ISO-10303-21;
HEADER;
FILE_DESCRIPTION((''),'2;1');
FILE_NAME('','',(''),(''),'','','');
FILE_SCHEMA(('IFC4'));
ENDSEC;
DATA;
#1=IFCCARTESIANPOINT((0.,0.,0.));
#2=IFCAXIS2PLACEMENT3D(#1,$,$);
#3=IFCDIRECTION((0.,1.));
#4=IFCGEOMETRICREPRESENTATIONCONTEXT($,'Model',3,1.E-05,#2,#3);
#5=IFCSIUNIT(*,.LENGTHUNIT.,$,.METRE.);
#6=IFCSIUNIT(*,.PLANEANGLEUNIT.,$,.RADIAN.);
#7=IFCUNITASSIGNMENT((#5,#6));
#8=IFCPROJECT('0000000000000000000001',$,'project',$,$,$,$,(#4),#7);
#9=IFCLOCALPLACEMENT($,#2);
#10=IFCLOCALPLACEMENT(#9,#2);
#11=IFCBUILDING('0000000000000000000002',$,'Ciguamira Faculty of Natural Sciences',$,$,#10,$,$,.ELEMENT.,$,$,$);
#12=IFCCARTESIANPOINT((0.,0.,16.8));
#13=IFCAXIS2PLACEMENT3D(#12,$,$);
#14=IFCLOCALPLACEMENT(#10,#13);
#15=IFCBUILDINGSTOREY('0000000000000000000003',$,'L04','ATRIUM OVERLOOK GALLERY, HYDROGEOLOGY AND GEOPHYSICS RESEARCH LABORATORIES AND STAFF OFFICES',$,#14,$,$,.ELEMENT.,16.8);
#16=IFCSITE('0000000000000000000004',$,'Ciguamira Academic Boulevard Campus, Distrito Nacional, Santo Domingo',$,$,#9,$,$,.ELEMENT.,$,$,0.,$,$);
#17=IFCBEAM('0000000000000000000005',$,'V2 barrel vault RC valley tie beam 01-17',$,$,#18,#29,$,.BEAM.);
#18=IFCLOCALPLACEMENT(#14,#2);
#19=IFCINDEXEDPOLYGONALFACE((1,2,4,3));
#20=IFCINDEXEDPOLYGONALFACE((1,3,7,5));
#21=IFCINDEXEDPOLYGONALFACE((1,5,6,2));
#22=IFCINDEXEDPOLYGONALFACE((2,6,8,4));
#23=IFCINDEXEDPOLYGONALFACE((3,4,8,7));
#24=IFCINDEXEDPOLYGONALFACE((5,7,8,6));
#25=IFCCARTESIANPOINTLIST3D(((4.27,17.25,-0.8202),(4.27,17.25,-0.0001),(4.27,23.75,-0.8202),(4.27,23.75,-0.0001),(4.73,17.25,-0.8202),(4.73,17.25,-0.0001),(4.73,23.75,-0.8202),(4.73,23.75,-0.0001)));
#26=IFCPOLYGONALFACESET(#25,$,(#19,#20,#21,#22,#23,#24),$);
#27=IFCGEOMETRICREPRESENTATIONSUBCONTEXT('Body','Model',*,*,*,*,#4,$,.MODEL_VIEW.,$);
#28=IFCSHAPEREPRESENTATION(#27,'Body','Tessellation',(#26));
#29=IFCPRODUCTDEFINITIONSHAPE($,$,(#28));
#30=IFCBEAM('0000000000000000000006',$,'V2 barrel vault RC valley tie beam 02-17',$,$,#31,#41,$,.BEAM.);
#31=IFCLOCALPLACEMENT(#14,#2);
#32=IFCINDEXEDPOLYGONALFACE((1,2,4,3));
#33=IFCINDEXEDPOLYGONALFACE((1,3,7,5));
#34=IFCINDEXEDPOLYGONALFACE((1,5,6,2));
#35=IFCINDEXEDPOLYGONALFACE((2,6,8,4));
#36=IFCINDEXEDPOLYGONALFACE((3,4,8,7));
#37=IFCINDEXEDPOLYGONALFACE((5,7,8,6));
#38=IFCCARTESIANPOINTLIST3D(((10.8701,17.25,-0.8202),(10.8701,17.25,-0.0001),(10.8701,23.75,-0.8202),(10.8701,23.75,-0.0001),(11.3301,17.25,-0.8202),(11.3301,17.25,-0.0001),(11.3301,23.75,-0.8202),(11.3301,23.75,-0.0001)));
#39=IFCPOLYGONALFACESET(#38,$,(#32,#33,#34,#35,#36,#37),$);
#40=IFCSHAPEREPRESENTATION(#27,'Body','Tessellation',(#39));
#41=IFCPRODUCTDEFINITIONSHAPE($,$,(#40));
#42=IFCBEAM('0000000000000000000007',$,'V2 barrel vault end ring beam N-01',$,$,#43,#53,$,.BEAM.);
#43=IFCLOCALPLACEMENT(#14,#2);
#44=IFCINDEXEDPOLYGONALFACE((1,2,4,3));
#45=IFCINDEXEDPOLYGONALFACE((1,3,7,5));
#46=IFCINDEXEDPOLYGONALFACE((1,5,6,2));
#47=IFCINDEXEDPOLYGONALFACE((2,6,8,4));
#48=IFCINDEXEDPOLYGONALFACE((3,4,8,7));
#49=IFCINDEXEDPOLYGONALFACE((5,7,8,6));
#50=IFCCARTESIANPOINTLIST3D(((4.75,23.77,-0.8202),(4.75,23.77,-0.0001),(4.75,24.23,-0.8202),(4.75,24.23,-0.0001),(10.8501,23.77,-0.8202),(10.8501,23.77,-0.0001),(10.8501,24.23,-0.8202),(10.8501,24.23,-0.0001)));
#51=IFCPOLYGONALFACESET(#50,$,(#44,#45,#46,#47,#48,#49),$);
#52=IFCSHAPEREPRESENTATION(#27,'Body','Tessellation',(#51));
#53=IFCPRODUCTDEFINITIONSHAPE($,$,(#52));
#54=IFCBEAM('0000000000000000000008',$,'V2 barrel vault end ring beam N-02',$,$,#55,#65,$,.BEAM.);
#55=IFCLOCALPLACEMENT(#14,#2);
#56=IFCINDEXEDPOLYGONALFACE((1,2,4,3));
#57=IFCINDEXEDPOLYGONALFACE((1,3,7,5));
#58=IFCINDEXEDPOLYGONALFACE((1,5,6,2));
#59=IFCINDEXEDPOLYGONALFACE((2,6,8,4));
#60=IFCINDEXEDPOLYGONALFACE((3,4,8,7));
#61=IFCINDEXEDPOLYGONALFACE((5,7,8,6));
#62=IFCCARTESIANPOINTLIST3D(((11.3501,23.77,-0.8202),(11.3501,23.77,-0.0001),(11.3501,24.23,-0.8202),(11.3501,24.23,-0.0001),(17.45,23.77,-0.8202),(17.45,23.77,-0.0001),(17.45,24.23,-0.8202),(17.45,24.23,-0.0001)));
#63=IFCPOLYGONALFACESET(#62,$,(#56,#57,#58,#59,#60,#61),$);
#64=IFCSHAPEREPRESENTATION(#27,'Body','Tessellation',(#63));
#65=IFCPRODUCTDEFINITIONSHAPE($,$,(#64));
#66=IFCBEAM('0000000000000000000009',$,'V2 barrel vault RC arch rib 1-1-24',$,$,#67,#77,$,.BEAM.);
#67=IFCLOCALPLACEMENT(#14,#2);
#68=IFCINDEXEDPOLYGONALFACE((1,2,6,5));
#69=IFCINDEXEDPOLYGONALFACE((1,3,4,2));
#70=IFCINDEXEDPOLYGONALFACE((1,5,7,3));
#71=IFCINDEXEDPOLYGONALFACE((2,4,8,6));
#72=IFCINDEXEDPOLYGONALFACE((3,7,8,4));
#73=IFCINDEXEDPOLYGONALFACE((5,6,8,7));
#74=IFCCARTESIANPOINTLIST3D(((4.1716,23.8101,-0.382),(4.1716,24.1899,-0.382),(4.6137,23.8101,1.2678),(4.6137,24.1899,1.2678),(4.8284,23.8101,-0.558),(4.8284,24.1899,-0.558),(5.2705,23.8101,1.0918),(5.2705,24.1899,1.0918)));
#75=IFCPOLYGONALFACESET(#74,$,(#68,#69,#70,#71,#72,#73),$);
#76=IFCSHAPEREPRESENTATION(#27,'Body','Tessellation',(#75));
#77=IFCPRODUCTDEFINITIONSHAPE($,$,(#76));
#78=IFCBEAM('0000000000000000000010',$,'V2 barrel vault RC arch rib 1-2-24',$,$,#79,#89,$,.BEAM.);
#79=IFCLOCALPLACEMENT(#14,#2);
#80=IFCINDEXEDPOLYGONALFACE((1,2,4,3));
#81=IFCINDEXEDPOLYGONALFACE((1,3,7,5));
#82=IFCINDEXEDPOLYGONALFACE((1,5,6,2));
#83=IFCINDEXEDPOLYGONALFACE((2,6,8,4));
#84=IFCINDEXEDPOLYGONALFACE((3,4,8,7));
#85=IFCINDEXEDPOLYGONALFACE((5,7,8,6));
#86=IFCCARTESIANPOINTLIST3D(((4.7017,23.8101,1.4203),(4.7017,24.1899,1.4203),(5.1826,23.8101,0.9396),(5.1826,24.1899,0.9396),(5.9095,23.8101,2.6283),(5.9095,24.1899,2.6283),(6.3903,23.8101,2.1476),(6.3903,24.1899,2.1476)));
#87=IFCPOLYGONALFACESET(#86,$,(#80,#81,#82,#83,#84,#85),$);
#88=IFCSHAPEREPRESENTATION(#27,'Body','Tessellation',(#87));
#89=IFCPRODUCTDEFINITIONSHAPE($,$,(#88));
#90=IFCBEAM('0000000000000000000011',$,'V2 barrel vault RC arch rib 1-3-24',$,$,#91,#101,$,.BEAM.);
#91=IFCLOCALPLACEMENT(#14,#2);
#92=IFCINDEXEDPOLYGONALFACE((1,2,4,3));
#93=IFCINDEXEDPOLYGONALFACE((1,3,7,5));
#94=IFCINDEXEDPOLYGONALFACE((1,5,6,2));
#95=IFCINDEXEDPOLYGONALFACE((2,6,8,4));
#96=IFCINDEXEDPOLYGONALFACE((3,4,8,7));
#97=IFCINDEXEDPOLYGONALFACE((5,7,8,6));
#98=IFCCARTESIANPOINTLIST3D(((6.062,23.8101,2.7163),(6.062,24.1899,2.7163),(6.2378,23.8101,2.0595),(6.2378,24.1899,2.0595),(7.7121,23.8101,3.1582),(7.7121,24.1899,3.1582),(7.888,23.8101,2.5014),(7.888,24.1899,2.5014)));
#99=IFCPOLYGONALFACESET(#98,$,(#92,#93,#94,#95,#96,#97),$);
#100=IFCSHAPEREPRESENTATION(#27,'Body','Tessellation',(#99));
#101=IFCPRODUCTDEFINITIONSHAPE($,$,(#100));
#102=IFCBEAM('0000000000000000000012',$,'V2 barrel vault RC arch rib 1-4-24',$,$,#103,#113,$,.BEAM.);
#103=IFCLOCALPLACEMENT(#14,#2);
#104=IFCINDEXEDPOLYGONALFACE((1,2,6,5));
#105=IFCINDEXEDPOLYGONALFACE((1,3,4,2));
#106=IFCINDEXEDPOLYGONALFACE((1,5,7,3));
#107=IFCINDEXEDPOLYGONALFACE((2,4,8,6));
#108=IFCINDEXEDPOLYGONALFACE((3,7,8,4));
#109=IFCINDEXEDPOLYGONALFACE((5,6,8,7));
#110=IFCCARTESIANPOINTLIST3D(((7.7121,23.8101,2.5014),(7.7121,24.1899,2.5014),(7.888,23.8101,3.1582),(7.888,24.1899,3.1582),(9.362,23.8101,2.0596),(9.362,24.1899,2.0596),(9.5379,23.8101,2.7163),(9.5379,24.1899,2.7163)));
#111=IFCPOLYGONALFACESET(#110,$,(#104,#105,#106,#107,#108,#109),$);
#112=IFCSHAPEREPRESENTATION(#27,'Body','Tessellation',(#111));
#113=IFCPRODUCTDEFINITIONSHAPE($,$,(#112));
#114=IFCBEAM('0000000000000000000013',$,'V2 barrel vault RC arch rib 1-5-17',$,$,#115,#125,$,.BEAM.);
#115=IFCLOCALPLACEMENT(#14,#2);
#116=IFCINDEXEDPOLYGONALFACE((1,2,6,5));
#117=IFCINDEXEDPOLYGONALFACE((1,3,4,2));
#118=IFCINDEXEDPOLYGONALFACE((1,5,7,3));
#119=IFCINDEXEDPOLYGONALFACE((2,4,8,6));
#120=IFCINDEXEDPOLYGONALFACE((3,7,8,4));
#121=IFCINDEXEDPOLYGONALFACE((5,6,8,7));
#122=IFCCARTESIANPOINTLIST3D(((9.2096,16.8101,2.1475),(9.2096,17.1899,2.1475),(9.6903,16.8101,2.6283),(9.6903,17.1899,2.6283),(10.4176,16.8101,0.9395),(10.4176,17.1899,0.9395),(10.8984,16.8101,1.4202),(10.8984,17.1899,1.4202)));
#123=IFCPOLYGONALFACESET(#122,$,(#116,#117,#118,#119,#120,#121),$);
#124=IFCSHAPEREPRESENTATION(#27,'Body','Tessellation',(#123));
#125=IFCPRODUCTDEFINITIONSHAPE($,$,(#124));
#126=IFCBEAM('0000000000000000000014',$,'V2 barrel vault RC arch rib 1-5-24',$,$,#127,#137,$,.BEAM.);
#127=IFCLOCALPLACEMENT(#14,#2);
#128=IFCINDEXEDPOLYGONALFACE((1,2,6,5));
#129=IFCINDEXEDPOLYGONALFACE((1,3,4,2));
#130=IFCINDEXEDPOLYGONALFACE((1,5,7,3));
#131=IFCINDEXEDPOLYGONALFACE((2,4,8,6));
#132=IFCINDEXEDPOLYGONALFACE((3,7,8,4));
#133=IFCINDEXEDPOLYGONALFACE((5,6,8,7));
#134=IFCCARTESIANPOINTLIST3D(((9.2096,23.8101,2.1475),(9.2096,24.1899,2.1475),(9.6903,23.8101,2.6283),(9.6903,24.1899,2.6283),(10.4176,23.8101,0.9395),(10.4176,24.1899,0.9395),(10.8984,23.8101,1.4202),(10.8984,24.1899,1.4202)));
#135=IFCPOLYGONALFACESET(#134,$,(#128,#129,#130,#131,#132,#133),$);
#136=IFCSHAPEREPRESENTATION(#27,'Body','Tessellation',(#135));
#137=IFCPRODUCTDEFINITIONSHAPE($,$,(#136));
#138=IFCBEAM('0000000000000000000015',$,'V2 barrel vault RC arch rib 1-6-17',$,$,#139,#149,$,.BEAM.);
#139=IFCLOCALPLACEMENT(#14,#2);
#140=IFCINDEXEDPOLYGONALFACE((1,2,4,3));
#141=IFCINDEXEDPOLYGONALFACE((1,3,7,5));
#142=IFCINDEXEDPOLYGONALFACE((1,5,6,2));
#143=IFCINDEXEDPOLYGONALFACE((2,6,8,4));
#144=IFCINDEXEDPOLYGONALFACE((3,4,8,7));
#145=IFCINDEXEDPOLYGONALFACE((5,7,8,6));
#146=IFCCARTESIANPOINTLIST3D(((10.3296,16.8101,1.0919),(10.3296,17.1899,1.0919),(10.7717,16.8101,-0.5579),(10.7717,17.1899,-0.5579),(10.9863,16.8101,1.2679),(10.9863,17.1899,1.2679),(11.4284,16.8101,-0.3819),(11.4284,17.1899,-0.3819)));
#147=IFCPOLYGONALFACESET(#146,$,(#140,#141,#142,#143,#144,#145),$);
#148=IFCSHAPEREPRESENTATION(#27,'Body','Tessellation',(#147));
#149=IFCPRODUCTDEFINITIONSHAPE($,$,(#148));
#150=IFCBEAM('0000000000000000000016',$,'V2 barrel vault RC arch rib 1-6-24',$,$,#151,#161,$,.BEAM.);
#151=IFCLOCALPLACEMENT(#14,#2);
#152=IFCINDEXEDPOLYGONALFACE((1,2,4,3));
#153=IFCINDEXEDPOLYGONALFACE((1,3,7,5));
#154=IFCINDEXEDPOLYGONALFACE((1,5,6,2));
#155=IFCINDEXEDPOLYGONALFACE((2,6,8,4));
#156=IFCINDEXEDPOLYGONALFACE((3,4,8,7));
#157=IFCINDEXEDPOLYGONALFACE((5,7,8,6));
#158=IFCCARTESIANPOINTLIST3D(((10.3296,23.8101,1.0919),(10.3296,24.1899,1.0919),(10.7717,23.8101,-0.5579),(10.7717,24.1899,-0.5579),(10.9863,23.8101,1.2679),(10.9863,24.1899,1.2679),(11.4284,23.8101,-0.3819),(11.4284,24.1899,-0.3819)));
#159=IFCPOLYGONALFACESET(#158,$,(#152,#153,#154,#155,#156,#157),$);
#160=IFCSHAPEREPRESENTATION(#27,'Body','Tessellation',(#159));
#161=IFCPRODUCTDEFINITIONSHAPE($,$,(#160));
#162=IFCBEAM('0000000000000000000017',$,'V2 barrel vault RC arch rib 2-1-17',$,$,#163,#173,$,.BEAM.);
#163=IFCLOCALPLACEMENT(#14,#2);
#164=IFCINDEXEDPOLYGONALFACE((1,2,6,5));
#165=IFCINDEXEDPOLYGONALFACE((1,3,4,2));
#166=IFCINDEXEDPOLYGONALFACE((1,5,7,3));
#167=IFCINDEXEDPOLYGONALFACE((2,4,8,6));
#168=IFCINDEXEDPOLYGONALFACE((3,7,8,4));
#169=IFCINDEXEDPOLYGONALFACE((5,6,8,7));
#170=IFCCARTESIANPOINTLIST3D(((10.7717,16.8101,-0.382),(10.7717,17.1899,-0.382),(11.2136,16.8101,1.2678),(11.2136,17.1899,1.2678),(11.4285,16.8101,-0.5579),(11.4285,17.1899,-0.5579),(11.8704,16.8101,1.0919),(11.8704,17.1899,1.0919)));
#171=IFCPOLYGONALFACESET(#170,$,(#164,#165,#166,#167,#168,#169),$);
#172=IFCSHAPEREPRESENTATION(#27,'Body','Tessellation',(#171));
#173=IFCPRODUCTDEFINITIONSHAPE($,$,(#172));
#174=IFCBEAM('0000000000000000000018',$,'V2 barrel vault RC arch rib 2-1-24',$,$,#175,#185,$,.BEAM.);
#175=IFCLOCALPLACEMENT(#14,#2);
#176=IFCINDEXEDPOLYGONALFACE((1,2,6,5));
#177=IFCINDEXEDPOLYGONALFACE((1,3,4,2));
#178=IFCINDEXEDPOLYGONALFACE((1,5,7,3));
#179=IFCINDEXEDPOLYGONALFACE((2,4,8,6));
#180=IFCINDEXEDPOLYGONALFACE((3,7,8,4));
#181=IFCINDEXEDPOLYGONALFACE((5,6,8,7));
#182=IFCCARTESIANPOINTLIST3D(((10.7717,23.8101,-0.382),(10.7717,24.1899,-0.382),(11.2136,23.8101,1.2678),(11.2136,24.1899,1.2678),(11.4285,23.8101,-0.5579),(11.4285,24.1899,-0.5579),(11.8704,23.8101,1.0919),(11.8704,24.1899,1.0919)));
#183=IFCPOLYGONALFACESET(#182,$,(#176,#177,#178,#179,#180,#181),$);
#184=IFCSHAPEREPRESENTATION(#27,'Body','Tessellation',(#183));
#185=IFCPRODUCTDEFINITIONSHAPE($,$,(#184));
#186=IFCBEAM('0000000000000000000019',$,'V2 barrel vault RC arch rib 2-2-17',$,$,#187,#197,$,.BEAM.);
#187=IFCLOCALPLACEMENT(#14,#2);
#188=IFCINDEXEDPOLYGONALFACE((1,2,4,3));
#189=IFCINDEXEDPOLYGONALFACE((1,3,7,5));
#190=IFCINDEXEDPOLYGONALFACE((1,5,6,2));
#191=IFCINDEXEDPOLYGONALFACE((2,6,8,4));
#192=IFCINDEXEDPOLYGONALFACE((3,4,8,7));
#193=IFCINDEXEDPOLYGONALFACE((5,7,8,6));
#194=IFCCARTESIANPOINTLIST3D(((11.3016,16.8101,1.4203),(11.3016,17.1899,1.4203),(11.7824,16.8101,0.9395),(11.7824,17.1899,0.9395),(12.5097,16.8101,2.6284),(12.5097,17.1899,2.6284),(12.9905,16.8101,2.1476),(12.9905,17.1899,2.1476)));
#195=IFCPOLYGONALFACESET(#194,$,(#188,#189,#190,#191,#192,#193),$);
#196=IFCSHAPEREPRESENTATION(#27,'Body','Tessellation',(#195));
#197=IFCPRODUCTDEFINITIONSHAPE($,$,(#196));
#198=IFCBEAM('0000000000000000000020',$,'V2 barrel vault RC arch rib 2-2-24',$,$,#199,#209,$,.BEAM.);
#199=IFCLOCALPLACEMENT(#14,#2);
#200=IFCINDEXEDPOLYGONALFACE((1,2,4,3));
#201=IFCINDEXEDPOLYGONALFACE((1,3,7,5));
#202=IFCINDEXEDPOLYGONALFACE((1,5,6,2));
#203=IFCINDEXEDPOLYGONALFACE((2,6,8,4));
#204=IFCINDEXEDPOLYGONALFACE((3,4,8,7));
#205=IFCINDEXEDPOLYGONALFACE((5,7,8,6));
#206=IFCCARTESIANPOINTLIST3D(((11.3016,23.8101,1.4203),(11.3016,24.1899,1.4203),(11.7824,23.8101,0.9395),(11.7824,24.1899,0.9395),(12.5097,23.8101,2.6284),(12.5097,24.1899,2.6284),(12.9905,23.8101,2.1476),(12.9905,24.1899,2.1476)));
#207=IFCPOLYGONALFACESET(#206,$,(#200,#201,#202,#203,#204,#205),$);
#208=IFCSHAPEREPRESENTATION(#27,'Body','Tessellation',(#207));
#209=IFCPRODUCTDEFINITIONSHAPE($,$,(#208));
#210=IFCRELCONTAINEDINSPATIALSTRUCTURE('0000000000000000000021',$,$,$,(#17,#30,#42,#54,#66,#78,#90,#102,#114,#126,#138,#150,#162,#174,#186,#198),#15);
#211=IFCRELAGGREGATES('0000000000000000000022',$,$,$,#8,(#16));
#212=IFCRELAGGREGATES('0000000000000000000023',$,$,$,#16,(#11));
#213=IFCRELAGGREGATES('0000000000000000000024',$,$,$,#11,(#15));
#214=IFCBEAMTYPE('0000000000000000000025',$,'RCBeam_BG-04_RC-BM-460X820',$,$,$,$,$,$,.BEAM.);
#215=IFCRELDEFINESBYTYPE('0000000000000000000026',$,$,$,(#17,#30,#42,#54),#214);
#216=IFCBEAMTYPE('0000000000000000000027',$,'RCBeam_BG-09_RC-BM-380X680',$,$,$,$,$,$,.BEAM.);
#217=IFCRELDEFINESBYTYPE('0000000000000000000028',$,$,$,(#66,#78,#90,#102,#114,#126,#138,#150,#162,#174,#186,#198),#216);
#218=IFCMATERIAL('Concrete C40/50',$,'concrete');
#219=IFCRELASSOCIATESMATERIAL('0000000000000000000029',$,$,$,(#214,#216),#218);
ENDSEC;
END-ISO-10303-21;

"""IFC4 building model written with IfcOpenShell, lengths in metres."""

from ifc_helpers import new_model, si_unit, direction, frame, origin, origin_2d, place, context, subcontext, project, spatial, rectangle, extrude, material, material_profile, profile_set, type_object, element, save


model = new_model("IFC4")

# Units and contexts
model_context = context("Model", 3, precision=1e-05, world=origin(), true_north=direction((0.0, 1.0)))
body_context = subcontext(model_context, "Body", "Model", "MODEL_VIEW")
ifc_project = project(units=[si_unit("LENGTHUNIT", "METRE"), si_unit("PLANEANGLEUNIT", "RADIAN")], contexts=[model_context])

# Site, building, storey
site_placement = place(None, origin())
site = spatial("IfcSite", under=ifc_project, at=site_placement, Name="Ciguamira Academic Boulevard Campus, Distrito Nacional, Santo Domingo", CompositionType="ELEMENT", RefElevation=0.0)
building_placement = place(site_placement, origin())
building = spatial("IfcBuilding", under=site, at=building_placement, Name="Ciguamira Faculty of Natural Sciences", CompositionType="ELEMENT")
storey_placement = place(building_placement, frame((0.0, 0.0, 16.8)))
storey = spatial("IfcBuildingStorey", under=building, at=storey_placement, Name="L04", Description="ATRIUM OVERLOOK GALLERY, HYDROGEOLOGY AND GEOPHYSICS RESEARCH LABORATORIES AND STAFF OFFICES", CompositionType="ELEMENT", Elevation=16.8)

# Beams
ifc_material_1 = material(Name="Concrete C40/50", Category="concrete")
ifc_material_profile_1 = material_profile(ifc_material_1, rectangle(XDim=0.46, YDim=0.8201, at=origin_2d()), Name="RC-BM-460X820")
ifc_profile_set_1 = profile_set([ifc_material_profile_1], Name="Concrete C40/50")
beam_type_1 = type_object("IfcBeamType", Name="RCBeam_BG-04_RC-BM-460X820", PredefinedType="BEAM", material=ifc_profile_set_1)
for number, where, z_axis, x_axis, name in (
    (1, (4.5, 17.25, -0.4102), (0.0, 1.0, 0.0), (-1.0, 0.0, 0.0), "V2 barrel vault RC valley tie beam 01-17"),
    (2, (11.1001, 17.25, -0.4102), (0.0, 1.0, 0.0), (-1.0, 0.0, 0.0), "V2 barrel vault RC valley tie beam 02-17"),
):
    element("IfcBeam", number, at=place(storey_placement, frame(where, z_axis=z_axis, x_axis=x_axis)), inside=storey, type_object=beam_type_1, Name=name, PredefinedType="BEAM", context=body_context, shape_type="SweptSolid", body=[
        extrude(rectangle(XDim=0.46, YDim=0.8201, at=origin_2d()), origin(), (0.0, 0.0, 1.0), 6.5),
    ])
beam_1_placement = place(storey_placement, frame((4.75, 24.0, -0.4102), z_axis=(1.0, 0.0, 0.0), x_axis=(0.0, 1.0, 0.0)))
element("IfcBeam", 3, at=beam_1_placement, inside=storey, type_object=beam_type_1, Name="V2 barrel vault end ring beam N-01", PredefinedType="BEAM", context=body_context, shape_type="SweptSolid", body=[
    extrude(rectangle(XDim=0.46, YDim=0.8201, at=origin_2d()), origin(), (0.0, 0.0, 1.0), 6.1001),
])
beam_2_placement = place(storey_placement, frame((11.3501, 24.0, -0.4102), z_axis=(1.0, 0.0, 0.0), x_axis=(0.0, 1.0, 0.0)))
element("IfcBeam", 4, at=beam_2_placement, inside=storey, type_object=beam_type_1, Name="V2 barrel vault end ring beam N-02", PredefinedType="BEAM", context=body_context, shape_type="SweptSolid", body=[
    extrude(rectangle(XDim=0.46, YDim=0.8201, at=origin_2d()), origin(), (0.0, 0.0, 1.0), 6.0999),
])
ifc_material_profile_2 = material_profile(ifc_material_1, rectangle(XDim=0.3799, YDim=0.6799, at=origin_2d()), Name="RC-BM-380X680")
ifc_profile_set_2 = profile_set([ifc_material_profile_2], Name="Concrete C40/50")
beam_type_2 = type_object("IfcBeamType", Name="RCBeam_BG-09_RC-BM-380X680", PredefinedType="BEAM", material=ifc_profile_set_2)
beam_3_placement = place(storey_placement, frame((4.5, 24.0, -0.47), z_axis=(0.258846, 0.0, 0.965919), x_axis=(0.0, 1.0, 0.0)))
element("IfcBeam", 5, at=beam_3_placement, inside=storey, type_object=beam_type_2, Name="V2 barrel vault RC arch rib 1-1-24", PredefinedType="BEAM", context=body_context, shape_type="SweptSolid", body=[
    extrude(rectangle(XDim=0.3799, YDim=0.6799, at=origin_2d()), origin(), (0.0, 0.0, 1.0), 1.708),
])
for number, where, z_axis, x_axis, name in (
    (6, (4.9421, 24.0, 1.1799), (0.707035, 0.0, 0.707178), (0.0, 1.0, 0.0), "V2 barrel vault RC arch rib 1-2-24"),
    (7, (6.1499, 24.0, 2.3879), (0.965964, 0.0, 0.258677), (0.0, 1.0, 0.0), "V2 barrel vault RC arch rib 1-3-24"),
):
    element("IfcBeam", number, at=place(storey_placement, frame(where, z_axis=z_axis, x_axis=x_axis)), inside=storey, type_object=beam_type_2, Name=name, PredefinedType="BEAM", context=body_context, shape_type="SweptSolid", body=[
        extrude(rectangle(XDim=0.3799, YDim=0.6799, at=origin_2d()), origin(), (0.0, 0.0, 1.0), 1.7083),
    ])
beam_4_placement = place(storey_placement, frame((7.8, 24.0, 2.8298), z_axis=(0.965954, 0.0, -0.258712), x_axis=(0.0, 1.0, 0.0)))
element("IfcBeam", 8, at=beam_4_placement, inside=storey, type_object=beam_type_2, Name="V2 barrel vault RC arch rib 1-4-24", PredefinedType="BEAM", context=body_context, shape_type="SweptSolid", body=[
    extrude(rectangle(XDim=0.3799, YDim=0.6799, at=origin_2d()), origin(), (0.0, 0.0, 1.0), 1.708),
])
for number, where, z_axis, x_axis, name in (
    (9, (9.45, 17.0, 2.3879), (0.707107, 0.0, -0.707107), (0.0, 1.0, 0.0), "V2 barrel vault RC arch rib 1-5-17"),
    (10, (9.45, 24.0, 2.3879), (0.707107, 0.0, -0.707107), (0.0, 1.0, 0.0), "V2 barrel vault RC arch rib 1-5-24"),
):
    element("IfcBeam", number, at=place(storey_placement, frame(where, z_axis=z_axis, x_axis=x_axis)), inside=storey, type_object=beam_type_2, Name=name, PredefinedType="BEAM", context=body_context, shape_type="SweptSolid", body=[
        extrude(rectangle(XDim=0.3799, YDim=0.6799, at=origin_2d()), origin(), (0.0, 0.0, 1.0), 1.7085),
    ])
for number, where, z_axis, x_axis, name in (
    (11, (10.658, 17.0, 1.1799), (0.258846, 0.0, -0.965919), (0.0, 1.0, 0.0), "V2 barrel vault RC arch rib 1-6-17"),
    (12, (10.658, 24.0, 1.1799), (0.258846, 0.0, -0.965919), (0.0, 1.0, 0.0), "V2 barrel vault RC arch rib 1-6-24"),
    (13, (11.1001, 17.0, -0.47), (0.258712, 0.0, 0.965954), (0.0, 1.0, 0.0), "V2 barrel vault RC arch rib 2-1-17"),
    (14, (11.1001, 24.0, -0.47), (0.258712, 0.0, 0.965954), (0.0, 1.0, 0.0), "V2 barrel vault RC arch rib 2-1-24"),
):
    element("IfcBeam", number, at=place(storey_placement, frame(where, z_axis=z_axis, x_axis=x_axis)), inside=storey, type_object=beam_type_2, Name=name, PredefinedType="BEAM", context=body_context, shape_type="SweptSolid", body=[
        extrude(rectangle(XDim=0.3799, YDim=0.6799, at=origin_2d()), origin(), (0.0, 0.0, 1.0), 1.708),
    ])
for number, where, z_axis, x_axis, name in (
    (15, (11.542, 17.0, 1.1799), (0.707107, 0.0, 0.707107), (0.0, 1.0, 0.0), "V2 barrel vault RC arch rib 2-2-17"),
    (16, (11.542, 24.0, 1.1799), (0.707107, 0.0, 0.707107), (0.0, 1.0, 0.0), "V2 barrel vault RC arch rib 2-2-24"),
):
    element("IfcBeam", number, at=place(storey_placement, frame(where, z_axis=z_axis, x_axis=x_axis)), inside=storey, type_object=beam_type_2, Name=name, PredefinedType="BEAM", context=body_context, shape_type="SweptSolid", body=[
        extrude(rectangle(XDim=0.3799, YDim=0.6799, at=origin_2d()), origin(), (0.0, 0.0, 1.0), 1.7085),
    ])

save(model, "model.ifc")
